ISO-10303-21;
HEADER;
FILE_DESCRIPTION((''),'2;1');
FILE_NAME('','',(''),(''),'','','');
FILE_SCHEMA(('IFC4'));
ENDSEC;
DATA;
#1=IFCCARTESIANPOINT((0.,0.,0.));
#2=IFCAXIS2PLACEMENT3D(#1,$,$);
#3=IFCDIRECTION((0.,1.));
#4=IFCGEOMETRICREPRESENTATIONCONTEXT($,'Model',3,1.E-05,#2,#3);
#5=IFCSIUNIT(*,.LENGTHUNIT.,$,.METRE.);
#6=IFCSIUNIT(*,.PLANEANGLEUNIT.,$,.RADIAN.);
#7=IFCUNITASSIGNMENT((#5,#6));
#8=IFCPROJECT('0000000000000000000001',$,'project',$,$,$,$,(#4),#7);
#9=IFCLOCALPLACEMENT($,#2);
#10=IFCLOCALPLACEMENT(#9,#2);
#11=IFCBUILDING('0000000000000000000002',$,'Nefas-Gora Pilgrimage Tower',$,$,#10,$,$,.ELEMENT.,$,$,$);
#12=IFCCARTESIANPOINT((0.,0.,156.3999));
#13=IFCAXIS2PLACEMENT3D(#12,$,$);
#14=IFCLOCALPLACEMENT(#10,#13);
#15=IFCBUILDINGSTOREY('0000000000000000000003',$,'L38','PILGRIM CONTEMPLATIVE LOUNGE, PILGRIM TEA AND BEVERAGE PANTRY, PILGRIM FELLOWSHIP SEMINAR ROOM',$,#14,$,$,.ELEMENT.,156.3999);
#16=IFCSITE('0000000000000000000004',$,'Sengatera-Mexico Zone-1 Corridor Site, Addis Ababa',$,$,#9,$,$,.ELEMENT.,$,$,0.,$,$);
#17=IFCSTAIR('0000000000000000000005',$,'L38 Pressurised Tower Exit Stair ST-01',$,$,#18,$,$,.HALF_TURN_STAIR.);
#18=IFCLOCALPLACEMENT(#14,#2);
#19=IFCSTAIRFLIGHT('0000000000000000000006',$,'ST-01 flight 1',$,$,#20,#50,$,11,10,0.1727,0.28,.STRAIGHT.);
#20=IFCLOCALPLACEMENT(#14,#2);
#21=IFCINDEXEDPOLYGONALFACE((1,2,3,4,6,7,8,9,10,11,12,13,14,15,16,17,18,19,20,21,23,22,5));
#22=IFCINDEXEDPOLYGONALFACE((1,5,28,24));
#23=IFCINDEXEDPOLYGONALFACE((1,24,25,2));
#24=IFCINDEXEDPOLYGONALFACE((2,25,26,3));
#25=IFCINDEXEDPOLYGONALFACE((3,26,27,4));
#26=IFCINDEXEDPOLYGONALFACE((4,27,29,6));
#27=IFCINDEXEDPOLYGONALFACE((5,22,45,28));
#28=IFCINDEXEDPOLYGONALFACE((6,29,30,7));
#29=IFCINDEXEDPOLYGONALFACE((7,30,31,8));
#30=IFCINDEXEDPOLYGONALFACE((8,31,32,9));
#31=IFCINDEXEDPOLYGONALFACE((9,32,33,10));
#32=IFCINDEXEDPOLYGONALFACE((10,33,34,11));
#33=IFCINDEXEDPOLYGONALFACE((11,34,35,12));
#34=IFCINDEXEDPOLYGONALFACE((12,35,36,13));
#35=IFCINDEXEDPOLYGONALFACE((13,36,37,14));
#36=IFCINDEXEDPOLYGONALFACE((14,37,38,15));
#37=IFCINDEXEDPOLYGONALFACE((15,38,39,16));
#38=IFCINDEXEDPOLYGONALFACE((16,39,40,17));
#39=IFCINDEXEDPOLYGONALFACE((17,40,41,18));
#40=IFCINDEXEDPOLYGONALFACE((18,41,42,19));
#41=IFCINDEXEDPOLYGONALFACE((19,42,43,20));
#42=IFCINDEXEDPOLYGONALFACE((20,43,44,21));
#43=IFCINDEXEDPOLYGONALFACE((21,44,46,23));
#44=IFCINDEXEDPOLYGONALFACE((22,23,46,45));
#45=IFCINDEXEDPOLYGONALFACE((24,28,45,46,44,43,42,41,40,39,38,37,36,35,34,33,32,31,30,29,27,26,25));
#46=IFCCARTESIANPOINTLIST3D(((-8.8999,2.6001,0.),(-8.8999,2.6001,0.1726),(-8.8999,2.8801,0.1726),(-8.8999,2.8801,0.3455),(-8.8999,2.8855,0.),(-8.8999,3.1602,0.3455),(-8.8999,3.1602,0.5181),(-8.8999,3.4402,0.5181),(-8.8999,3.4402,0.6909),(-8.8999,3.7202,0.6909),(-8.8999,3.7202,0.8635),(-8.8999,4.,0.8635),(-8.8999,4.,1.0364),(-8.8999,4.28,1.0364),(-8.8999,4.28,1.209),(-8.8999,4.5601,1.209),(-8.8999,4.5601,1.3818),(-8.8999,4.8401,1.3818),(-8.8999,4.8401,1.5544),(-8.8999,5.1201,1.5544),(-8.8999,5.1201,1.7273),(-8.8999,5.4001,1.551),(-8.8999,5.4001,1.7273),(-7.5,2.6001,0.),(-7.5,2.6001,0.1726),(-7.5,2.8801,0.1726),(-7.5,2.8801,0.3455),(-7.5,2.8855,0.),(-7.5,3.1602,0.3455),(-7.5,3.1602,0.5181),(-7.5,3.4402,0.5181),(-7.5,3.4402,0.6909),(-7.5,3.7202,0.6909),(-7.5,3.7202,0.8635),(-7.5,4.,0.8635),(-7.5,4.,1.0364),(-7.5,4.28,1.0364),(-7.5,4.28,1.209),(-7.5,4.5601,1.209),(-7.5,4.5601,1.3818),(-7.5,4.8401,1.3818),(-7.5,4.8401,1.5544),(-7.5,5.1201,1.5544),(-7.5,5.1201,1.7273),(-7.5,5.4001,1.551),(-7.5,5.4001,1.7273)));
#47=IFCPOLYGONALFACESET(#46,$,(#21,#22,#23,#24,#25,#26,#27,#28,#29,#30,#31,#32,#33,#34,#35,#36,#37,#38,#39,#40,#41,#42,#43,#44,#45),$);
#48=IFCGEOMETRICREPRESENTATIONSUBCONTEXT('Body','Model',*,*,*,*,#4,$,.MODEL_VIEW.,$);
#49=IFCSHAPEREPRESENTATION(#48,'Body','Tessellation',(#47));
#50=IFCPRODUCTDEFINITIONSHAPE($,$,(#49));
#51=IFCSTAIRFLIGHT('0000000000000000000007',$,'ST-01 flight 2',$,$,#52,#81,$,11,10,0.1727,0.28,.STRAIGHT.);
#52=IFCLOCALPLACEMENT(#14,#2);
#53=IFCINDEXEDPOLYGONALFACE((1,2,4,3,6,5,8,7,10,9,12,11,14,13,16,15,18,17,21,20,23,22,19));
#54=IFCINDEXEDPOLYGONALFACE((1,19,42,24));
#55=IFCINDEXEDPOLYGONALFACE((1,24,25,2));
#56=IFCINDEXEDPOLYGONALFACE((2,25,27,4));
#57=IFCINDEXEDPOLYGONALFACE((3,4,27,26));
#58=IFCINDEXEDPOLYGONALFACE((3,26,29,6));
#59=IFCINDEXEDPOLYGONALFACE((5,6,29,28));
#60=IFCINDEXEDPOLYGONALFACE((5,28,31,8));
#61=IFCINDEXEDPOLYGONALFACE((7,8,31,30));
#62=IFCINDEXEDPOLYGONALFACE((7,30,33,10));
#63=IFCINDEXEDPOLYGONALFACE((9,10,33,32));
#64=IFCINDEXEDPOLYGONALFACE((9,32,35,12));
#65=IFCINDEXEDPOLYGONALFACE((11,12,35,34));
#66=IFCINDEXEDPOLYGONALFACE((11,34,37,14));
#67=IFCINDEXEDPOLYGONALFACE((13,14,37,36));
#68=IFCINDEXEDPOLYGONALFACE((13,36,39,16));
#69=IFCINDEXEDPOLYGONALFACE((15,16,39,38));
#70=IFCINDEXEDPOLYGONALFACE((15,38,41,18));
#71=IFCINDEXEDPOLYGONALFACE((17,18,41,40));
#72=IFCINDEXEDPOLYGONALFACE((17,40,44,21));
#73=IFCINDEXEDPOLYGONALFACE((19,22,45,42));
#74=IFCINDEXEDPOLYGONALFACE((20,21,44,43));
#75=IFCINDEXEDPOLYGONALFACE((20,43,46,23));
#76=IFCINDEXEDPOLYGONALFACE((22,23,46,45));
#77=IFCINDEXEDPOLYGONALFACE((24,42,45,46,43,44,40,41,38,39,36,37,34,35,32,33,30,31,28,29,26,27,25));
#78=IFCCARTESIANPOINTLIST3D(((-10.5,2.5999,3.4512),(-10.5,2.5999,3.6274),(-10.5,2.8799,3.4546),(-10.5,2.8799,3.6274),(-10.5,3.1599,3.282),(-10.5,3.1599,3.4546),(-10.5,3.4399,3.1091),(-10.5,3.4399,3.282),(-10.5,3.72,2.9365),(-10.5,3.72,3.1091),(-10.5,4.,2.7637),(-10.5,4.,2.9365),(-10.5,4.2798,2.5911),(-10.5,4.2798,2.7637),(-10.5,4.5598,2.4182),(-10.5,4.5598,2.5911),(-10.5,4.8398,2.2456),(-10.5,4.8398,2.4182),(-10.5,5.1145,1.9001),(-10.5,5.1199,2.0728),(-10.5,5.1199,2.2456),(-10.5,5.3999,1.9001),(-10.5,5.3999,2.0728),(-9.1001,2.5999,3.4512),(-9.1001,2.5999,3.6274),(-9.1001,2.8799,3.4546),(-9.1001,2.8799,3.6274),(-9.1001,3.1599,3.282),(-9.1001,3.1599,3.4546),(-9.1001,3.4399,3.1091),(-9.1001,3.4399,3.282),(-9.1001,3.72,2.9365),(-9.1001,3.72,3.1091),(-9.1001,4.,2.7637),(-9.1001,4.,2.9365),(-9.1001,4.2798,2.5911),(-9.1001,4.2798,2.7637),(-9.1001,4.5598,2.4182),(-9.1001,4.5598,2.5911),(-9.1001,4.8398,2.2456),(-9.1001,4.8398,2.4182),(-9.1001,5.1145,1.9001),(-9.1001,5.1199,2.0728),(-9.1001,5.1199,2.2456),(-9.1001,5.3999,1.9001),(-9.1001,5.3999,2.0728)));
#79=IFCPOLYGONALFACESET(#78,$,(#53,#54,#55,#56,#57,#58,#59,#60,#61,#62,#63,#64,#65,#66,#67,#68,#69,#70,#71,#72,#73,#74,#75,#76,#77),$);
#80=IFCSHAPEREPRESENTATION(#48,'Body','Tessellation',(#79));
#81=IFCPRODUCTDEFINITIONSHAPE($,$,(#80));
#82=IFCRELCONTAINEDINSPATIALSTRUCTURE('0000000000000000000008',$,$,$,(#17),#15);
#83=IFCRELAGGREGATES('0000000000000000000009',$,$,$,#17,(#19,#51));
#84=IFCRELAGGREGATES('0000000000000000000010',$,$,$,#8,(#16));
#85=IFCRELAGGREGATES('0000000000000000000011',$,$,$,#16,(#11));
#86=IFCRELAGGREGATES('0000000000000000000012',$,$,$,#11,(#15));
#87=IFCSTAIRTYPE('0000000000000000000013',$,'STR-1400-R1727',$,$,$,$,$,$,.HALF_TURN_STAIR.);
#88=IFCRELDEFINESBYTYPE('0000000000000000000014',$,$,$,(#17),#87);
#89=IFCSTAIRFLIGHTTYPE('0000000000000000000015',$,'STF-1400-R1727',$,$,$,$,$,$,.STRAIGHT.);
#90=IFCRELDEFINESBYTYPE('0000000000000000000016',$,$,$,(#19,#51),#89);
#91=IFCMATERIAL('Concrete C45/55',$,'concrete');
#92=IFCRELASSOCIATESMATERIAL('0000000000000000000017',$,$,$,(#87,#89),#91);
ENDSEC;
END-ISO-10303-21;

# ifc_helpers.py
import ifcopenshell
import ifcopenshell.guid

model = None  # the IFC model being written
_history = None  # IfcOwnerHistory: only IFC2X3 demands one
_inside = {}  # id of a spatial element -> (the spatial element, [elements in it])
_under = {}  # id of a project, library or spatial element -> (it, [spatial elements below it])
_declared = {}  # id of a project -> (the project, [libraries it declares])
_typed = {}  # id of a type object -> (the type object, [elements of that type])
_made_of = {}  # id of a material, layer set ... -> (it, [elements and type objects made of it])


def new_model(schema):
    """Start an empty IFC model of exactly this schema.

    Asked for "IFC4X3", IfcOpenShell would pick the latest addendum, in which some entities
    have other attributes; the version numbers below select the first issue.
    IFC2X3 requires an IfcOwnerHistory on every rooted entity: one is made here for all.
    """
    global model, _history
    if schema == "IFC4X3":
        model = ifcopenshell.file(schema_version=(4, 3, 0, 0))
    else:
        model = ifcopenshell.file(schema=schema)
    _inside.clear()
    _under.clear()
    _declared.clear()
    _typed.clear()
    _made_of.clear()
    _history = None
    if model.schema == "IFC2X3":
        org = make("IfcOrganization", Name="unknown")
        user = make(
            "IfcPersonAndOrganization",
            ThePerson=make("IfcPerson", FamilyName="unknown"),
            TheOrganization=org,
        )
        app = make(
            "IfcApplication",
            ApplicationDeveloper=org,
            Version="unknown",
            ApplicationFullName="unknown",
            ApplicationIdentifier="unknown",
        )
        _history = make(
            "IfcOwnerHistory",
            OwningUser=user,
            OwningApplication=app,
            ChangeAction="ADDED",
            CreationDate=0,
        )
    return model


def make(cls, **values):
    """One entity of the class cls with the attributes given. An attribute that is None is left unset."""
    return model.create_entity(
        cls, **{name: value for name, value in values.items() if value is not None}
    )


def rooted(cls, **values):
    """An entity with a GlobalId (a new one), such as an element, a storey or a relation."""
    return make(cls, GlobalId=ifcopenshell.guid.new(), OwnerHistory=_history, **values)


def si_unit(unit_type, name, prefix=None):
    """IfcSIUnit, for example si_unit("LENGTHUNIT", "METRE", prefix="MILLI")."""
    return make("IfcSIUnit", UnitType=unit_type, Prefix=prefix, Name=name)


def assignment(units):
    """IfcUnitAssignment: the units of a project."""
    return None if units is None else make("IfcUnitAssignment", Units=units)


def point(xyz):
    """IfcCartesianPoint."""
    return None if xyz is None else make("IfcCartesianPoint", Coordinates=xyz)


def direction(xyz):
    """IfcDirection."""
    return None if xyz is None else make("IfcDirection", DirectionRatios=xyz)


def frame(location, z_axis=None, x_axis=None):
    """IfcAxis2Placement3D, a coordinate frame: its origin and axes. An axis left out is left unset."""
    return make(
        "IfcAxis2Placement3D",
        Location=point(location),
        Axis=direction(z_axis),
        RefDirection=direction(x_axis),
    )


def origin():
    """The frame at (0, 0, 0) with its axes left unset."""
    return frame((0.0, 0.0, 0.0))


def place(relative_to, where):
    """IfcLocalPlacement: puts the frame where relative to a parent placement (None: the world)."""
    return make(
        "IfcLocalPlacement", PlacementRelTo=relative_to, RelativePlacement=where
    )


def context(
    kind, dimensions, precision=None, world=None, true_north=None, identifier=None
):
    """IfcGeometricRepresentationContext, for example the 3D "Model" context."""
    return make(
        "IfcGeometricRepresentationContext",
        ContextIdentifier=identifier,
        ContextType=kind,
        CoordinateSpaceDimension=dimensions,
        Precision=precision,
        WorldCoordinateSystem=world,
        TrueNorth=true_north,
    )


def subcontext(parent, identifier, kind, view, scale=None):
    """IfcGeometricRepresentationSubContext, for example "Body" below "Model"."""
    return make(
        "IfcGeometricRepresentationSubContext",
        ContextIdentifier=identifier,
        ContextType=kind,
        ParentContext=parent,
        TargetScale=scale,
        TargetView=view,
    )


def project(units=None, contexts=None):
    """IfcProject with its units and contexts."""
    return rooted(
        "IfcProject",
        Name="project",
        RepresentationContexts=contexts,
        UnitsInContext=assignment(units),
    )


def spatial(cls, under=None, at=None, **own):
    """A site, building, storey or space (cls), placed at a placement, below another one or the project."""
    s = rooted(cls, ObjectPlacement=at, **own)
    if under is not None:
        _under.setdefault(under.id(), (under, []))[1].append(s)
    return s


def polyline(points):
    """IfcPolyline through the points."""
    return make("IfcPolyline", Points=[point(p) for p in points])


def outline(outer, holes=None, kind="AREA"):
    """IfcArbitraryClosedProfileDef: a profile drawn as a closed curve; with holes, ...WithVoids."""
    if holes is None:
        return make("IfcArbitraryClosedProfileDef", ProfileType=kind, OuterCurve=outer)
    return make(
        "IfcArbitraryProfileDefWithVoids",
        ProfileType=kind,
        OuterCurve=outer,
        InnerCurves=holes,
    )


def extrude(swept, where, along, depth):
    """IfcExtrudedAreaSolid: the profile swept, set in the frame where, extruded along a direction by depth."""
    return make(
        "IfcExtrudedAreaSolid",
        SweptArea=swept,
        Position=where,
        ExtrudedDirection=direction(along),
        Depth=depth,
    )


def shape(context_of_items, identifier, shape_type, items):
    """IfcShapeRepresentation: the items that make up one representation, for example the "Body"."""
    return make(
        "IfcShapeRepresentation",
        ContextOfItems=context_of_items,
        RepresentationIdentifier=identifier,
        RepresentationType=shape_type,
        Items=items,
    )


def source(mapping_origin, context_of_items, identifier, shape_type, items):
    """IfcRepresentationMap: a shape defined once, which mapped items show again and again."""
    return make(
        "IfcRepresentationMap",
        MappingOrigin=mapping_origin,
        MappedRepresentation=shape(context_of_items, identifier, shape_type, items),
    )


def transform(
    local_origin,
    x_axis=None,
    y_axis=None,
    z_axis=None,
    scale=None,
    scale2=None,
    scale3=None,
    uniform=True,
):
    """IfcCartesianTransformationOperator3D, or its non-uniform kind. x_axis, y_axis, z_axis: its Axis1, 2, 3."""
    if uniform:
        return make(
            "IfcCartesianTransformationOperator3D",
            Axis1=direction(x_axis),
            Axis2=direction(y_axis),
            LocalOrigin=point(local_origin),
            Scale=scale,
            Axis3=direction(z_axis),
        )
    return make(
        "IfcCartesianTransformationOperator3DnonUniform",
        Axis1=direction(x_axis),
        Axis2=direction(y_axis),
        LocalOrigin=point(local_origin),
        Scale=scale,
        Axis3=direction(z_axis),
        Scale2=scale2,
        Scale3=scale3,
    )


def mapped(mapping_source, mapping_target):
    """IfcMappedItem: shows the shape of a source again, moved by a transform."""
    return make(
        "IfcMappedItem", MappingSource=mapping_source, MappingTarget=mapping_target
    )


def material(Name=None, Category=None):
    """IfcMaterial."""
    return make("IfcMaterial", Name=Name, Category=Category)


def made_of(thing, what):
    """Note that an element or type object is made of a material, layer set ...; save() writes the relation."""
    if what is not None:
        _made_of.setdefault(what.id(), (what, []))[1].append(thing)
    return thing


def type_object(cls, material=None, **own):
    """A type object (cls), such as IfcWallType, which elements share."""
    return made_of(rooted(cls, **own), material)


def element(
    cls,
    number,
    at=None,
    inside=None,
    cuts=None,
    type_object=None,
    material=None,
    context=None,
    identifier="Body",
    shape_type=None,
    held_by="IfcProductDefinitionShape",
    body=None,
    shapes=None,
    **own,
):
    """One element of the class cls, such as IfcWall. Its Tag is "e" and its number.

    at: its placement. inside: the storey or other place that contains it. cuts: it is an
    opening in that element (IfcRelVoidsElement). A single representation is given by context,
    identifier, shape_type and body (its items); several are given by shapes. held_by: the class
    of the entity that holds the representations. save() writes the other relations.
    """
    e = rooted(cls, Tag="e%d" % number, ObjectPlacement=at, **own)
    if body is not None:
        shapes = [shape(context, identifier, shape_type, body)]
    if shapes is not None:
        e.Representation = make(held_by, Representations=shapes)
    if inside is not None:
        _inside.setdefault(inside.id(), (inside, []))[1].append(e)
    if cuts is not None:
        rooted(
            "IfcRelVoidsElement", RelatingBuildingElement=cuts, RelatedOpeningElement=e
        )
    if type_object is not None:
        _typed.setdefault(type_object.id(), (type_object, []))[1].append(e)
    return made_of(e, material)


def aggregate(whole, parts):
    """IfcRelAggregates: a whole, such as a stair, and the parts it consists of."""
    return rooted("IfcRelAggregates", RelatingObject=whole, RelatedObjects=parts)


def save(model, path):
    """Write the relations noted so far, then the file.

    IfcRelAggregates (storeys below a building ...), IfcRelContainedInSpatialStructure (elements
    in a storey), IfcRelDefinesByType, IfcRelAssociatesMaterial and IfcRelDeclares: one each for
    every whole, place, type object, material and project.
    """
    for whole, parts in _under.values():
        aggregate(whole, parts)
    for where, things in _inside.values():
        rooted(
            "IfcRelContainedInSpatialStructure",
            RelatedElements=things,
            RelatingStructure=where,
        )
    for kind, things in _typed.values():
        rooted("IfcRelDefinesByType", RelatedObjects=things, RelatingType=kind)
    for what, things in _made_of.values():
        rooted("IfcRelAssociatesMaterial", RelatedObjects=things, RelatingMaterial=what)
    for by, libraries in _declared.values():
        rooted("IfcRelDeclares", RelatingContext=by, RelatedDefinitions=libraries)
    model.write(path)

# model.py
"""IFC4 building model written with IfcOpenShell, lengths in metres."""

from ifc_helpers import new_model, si_unit, direction, frame, origin, place, context, subcontext, project, spatial, polyline, outline, extrude, source, transform, mapped, material, type_object, element, aggregate, save


model = new_model("IFC4")

# Units and contexts
model_context = context("Model", 3, precision=1e-05, world=origin(), true_north=direction((0.0, 1.0)))
body_context = subcontext(model_context, "Body", "Model", "MODEL_VIEW")
ifc_project = project(units=[si_unit("LENGTHUNIT", "METRE"), si_unit("PLANEANGLEUNIT", "RADIAN")], contexts=[model_context])

# Site, building, storey
site_placement = place(None, origin())
site = spatial("IfcSite", under=ifc_project, at=site_placement, Name="Sengatera-Mexico Zone-1 Corridor Site, Addis Ababa", CompositionType="ELEMENT", RefElevation=0.0)
building_placement = place(site_placement, origin())
building = spatial("IfcBuilding", under=site, at=building_placement, Name="Nefas-Gora Pilgrimage Tower", CompositionType="ELEMENT")
storey_placement = place(building_placement, frame((0.0, 0.0, 156.3999)))
storey = spatial("IfcBuildingStorey", under=building, at=storey_placement, Name="L38", Description="PILGRIM CONTEMPLATIVE LOUNGE, PILGRIM TEA AND BEVERAGE PANTRY, PILGRIM FELLOWSHIP SEMINAR ROOM", CompositionType="ELEMENT", Elevation=156.3999)

# Shared definitions
ifc_material_1 = material(Name="Concrete C45/55", Category="concrete")

# Stair, stair flights
stair_type = type_object("IfcStairType", Name="STR-1400-R1727", PredefinedType="HALF_TURN_STAIR", material=ifc_material_1)
stair_placement = place(storey_placement, origin())
stair = element("IfcStair", 1, at=stair_placement, inside=storey, type_object=stair_type, Name="L38 Pressurised Tower Exit Stair ST-01", PredefinedType="HALF_TURN_STAIR")
stair_flight_type = type_object("IfcStairFlightType", Name="STF-1400-R1727", PredefinedType="STRAIGHT", material=ifc_material_1)
shared_shape_1 = source(origin(), body_context, "Body", "SweptSolid", [
    extrude(outline(polyline([(0.0, 0.0), (0.0, 0.1726), (0.28, 0.1726), (0.28, 0.3455), (0.5601, 0.3455), (0.5601, 0.5181), (0.8401, 0.5181), (0.8401, 0.6909), (1.1201, 0.6909), (1.1201, 0.8635), (1.3999, 0.8635), (1.3999, 1.0364), (1.6799, 1.0364), (1.6799, 1.209), (1.96, 1.209), (1.96, 1.3818), (2.24, 1.3818), (2.24, 1.5544), (2.52, 1.5544), (2.52, 1.7273), (2.8, 1.7273), (2.8, 1.8999), (2.8, 1.551), (0.2854, 0.0), (0.0, 0.0)])), frame((0.0, 0.7, 0.0), z_axis=(0.0, -1.0, 0.0), x_axis=(1.0, 0.0, 0.0)), (0.0, 0.0, 1.0), 1.3999),
])
stair_flight_1_placement = place(storey_placement, frame((-8.2, 2.6001, 0.0), z_axis=(0.0, 0.0, 1.0), x_axis=(0.0, 1.0, 0.0)))
stair_flight_1 = element("IfcStairFlight", 2, at=stair_flight_1_placement, type_object=stair_flight_type, Name="ST-01 flight 1", NumberOfRisers=11, NumberOfTreads=10, PredefinedType="STRAIGHT", RiserHeight=0.1727, TreadLength=0.28, context=body_context, shape_type="MappedRepresentation", body=[
    mapped(shared_shape_1, transform((0.0, 0.0, 0.0), x_axis=(1.0, 0.0, 0.0), y_axis=(0.0, 1.0, 0.0), z_axis=(0.0, 0.0, 1.0), scale=1.0)),
])
stair_flight_2_placement = place(storey_placement, frame((-9.8, 5.3999, 1.9001), z_axis=(0.0, 0.0, 1.0), x_axis=(0.0, -1.0, 0.0)))
stair_flight_2 = element("IfcStairFlight", 3, at=stair_flight_2_placement, type_object=stair_flight_type, Name="ST-01 flight 2", NumberOfRisers=11, NumberOfTreads=10, PredefinedType="STRAIGHT", RiserHeight=0.1727, TreadLength=0.28, context=body_context, shape_type="MappedRepresentation", body=[
    mapped(shared_shape_1, transform((0.0, 0.0, 0.0), x_axis=(1.0, 0.0, 0.0), y_axis=(0.0, 1.0, 0.0), z_axis=(0.0, 0.0, 1.0), scale=1.0)),
])
aggregate(stair, [stair_flight_1, stair_flight_2])

save(model, "model.ifc")
